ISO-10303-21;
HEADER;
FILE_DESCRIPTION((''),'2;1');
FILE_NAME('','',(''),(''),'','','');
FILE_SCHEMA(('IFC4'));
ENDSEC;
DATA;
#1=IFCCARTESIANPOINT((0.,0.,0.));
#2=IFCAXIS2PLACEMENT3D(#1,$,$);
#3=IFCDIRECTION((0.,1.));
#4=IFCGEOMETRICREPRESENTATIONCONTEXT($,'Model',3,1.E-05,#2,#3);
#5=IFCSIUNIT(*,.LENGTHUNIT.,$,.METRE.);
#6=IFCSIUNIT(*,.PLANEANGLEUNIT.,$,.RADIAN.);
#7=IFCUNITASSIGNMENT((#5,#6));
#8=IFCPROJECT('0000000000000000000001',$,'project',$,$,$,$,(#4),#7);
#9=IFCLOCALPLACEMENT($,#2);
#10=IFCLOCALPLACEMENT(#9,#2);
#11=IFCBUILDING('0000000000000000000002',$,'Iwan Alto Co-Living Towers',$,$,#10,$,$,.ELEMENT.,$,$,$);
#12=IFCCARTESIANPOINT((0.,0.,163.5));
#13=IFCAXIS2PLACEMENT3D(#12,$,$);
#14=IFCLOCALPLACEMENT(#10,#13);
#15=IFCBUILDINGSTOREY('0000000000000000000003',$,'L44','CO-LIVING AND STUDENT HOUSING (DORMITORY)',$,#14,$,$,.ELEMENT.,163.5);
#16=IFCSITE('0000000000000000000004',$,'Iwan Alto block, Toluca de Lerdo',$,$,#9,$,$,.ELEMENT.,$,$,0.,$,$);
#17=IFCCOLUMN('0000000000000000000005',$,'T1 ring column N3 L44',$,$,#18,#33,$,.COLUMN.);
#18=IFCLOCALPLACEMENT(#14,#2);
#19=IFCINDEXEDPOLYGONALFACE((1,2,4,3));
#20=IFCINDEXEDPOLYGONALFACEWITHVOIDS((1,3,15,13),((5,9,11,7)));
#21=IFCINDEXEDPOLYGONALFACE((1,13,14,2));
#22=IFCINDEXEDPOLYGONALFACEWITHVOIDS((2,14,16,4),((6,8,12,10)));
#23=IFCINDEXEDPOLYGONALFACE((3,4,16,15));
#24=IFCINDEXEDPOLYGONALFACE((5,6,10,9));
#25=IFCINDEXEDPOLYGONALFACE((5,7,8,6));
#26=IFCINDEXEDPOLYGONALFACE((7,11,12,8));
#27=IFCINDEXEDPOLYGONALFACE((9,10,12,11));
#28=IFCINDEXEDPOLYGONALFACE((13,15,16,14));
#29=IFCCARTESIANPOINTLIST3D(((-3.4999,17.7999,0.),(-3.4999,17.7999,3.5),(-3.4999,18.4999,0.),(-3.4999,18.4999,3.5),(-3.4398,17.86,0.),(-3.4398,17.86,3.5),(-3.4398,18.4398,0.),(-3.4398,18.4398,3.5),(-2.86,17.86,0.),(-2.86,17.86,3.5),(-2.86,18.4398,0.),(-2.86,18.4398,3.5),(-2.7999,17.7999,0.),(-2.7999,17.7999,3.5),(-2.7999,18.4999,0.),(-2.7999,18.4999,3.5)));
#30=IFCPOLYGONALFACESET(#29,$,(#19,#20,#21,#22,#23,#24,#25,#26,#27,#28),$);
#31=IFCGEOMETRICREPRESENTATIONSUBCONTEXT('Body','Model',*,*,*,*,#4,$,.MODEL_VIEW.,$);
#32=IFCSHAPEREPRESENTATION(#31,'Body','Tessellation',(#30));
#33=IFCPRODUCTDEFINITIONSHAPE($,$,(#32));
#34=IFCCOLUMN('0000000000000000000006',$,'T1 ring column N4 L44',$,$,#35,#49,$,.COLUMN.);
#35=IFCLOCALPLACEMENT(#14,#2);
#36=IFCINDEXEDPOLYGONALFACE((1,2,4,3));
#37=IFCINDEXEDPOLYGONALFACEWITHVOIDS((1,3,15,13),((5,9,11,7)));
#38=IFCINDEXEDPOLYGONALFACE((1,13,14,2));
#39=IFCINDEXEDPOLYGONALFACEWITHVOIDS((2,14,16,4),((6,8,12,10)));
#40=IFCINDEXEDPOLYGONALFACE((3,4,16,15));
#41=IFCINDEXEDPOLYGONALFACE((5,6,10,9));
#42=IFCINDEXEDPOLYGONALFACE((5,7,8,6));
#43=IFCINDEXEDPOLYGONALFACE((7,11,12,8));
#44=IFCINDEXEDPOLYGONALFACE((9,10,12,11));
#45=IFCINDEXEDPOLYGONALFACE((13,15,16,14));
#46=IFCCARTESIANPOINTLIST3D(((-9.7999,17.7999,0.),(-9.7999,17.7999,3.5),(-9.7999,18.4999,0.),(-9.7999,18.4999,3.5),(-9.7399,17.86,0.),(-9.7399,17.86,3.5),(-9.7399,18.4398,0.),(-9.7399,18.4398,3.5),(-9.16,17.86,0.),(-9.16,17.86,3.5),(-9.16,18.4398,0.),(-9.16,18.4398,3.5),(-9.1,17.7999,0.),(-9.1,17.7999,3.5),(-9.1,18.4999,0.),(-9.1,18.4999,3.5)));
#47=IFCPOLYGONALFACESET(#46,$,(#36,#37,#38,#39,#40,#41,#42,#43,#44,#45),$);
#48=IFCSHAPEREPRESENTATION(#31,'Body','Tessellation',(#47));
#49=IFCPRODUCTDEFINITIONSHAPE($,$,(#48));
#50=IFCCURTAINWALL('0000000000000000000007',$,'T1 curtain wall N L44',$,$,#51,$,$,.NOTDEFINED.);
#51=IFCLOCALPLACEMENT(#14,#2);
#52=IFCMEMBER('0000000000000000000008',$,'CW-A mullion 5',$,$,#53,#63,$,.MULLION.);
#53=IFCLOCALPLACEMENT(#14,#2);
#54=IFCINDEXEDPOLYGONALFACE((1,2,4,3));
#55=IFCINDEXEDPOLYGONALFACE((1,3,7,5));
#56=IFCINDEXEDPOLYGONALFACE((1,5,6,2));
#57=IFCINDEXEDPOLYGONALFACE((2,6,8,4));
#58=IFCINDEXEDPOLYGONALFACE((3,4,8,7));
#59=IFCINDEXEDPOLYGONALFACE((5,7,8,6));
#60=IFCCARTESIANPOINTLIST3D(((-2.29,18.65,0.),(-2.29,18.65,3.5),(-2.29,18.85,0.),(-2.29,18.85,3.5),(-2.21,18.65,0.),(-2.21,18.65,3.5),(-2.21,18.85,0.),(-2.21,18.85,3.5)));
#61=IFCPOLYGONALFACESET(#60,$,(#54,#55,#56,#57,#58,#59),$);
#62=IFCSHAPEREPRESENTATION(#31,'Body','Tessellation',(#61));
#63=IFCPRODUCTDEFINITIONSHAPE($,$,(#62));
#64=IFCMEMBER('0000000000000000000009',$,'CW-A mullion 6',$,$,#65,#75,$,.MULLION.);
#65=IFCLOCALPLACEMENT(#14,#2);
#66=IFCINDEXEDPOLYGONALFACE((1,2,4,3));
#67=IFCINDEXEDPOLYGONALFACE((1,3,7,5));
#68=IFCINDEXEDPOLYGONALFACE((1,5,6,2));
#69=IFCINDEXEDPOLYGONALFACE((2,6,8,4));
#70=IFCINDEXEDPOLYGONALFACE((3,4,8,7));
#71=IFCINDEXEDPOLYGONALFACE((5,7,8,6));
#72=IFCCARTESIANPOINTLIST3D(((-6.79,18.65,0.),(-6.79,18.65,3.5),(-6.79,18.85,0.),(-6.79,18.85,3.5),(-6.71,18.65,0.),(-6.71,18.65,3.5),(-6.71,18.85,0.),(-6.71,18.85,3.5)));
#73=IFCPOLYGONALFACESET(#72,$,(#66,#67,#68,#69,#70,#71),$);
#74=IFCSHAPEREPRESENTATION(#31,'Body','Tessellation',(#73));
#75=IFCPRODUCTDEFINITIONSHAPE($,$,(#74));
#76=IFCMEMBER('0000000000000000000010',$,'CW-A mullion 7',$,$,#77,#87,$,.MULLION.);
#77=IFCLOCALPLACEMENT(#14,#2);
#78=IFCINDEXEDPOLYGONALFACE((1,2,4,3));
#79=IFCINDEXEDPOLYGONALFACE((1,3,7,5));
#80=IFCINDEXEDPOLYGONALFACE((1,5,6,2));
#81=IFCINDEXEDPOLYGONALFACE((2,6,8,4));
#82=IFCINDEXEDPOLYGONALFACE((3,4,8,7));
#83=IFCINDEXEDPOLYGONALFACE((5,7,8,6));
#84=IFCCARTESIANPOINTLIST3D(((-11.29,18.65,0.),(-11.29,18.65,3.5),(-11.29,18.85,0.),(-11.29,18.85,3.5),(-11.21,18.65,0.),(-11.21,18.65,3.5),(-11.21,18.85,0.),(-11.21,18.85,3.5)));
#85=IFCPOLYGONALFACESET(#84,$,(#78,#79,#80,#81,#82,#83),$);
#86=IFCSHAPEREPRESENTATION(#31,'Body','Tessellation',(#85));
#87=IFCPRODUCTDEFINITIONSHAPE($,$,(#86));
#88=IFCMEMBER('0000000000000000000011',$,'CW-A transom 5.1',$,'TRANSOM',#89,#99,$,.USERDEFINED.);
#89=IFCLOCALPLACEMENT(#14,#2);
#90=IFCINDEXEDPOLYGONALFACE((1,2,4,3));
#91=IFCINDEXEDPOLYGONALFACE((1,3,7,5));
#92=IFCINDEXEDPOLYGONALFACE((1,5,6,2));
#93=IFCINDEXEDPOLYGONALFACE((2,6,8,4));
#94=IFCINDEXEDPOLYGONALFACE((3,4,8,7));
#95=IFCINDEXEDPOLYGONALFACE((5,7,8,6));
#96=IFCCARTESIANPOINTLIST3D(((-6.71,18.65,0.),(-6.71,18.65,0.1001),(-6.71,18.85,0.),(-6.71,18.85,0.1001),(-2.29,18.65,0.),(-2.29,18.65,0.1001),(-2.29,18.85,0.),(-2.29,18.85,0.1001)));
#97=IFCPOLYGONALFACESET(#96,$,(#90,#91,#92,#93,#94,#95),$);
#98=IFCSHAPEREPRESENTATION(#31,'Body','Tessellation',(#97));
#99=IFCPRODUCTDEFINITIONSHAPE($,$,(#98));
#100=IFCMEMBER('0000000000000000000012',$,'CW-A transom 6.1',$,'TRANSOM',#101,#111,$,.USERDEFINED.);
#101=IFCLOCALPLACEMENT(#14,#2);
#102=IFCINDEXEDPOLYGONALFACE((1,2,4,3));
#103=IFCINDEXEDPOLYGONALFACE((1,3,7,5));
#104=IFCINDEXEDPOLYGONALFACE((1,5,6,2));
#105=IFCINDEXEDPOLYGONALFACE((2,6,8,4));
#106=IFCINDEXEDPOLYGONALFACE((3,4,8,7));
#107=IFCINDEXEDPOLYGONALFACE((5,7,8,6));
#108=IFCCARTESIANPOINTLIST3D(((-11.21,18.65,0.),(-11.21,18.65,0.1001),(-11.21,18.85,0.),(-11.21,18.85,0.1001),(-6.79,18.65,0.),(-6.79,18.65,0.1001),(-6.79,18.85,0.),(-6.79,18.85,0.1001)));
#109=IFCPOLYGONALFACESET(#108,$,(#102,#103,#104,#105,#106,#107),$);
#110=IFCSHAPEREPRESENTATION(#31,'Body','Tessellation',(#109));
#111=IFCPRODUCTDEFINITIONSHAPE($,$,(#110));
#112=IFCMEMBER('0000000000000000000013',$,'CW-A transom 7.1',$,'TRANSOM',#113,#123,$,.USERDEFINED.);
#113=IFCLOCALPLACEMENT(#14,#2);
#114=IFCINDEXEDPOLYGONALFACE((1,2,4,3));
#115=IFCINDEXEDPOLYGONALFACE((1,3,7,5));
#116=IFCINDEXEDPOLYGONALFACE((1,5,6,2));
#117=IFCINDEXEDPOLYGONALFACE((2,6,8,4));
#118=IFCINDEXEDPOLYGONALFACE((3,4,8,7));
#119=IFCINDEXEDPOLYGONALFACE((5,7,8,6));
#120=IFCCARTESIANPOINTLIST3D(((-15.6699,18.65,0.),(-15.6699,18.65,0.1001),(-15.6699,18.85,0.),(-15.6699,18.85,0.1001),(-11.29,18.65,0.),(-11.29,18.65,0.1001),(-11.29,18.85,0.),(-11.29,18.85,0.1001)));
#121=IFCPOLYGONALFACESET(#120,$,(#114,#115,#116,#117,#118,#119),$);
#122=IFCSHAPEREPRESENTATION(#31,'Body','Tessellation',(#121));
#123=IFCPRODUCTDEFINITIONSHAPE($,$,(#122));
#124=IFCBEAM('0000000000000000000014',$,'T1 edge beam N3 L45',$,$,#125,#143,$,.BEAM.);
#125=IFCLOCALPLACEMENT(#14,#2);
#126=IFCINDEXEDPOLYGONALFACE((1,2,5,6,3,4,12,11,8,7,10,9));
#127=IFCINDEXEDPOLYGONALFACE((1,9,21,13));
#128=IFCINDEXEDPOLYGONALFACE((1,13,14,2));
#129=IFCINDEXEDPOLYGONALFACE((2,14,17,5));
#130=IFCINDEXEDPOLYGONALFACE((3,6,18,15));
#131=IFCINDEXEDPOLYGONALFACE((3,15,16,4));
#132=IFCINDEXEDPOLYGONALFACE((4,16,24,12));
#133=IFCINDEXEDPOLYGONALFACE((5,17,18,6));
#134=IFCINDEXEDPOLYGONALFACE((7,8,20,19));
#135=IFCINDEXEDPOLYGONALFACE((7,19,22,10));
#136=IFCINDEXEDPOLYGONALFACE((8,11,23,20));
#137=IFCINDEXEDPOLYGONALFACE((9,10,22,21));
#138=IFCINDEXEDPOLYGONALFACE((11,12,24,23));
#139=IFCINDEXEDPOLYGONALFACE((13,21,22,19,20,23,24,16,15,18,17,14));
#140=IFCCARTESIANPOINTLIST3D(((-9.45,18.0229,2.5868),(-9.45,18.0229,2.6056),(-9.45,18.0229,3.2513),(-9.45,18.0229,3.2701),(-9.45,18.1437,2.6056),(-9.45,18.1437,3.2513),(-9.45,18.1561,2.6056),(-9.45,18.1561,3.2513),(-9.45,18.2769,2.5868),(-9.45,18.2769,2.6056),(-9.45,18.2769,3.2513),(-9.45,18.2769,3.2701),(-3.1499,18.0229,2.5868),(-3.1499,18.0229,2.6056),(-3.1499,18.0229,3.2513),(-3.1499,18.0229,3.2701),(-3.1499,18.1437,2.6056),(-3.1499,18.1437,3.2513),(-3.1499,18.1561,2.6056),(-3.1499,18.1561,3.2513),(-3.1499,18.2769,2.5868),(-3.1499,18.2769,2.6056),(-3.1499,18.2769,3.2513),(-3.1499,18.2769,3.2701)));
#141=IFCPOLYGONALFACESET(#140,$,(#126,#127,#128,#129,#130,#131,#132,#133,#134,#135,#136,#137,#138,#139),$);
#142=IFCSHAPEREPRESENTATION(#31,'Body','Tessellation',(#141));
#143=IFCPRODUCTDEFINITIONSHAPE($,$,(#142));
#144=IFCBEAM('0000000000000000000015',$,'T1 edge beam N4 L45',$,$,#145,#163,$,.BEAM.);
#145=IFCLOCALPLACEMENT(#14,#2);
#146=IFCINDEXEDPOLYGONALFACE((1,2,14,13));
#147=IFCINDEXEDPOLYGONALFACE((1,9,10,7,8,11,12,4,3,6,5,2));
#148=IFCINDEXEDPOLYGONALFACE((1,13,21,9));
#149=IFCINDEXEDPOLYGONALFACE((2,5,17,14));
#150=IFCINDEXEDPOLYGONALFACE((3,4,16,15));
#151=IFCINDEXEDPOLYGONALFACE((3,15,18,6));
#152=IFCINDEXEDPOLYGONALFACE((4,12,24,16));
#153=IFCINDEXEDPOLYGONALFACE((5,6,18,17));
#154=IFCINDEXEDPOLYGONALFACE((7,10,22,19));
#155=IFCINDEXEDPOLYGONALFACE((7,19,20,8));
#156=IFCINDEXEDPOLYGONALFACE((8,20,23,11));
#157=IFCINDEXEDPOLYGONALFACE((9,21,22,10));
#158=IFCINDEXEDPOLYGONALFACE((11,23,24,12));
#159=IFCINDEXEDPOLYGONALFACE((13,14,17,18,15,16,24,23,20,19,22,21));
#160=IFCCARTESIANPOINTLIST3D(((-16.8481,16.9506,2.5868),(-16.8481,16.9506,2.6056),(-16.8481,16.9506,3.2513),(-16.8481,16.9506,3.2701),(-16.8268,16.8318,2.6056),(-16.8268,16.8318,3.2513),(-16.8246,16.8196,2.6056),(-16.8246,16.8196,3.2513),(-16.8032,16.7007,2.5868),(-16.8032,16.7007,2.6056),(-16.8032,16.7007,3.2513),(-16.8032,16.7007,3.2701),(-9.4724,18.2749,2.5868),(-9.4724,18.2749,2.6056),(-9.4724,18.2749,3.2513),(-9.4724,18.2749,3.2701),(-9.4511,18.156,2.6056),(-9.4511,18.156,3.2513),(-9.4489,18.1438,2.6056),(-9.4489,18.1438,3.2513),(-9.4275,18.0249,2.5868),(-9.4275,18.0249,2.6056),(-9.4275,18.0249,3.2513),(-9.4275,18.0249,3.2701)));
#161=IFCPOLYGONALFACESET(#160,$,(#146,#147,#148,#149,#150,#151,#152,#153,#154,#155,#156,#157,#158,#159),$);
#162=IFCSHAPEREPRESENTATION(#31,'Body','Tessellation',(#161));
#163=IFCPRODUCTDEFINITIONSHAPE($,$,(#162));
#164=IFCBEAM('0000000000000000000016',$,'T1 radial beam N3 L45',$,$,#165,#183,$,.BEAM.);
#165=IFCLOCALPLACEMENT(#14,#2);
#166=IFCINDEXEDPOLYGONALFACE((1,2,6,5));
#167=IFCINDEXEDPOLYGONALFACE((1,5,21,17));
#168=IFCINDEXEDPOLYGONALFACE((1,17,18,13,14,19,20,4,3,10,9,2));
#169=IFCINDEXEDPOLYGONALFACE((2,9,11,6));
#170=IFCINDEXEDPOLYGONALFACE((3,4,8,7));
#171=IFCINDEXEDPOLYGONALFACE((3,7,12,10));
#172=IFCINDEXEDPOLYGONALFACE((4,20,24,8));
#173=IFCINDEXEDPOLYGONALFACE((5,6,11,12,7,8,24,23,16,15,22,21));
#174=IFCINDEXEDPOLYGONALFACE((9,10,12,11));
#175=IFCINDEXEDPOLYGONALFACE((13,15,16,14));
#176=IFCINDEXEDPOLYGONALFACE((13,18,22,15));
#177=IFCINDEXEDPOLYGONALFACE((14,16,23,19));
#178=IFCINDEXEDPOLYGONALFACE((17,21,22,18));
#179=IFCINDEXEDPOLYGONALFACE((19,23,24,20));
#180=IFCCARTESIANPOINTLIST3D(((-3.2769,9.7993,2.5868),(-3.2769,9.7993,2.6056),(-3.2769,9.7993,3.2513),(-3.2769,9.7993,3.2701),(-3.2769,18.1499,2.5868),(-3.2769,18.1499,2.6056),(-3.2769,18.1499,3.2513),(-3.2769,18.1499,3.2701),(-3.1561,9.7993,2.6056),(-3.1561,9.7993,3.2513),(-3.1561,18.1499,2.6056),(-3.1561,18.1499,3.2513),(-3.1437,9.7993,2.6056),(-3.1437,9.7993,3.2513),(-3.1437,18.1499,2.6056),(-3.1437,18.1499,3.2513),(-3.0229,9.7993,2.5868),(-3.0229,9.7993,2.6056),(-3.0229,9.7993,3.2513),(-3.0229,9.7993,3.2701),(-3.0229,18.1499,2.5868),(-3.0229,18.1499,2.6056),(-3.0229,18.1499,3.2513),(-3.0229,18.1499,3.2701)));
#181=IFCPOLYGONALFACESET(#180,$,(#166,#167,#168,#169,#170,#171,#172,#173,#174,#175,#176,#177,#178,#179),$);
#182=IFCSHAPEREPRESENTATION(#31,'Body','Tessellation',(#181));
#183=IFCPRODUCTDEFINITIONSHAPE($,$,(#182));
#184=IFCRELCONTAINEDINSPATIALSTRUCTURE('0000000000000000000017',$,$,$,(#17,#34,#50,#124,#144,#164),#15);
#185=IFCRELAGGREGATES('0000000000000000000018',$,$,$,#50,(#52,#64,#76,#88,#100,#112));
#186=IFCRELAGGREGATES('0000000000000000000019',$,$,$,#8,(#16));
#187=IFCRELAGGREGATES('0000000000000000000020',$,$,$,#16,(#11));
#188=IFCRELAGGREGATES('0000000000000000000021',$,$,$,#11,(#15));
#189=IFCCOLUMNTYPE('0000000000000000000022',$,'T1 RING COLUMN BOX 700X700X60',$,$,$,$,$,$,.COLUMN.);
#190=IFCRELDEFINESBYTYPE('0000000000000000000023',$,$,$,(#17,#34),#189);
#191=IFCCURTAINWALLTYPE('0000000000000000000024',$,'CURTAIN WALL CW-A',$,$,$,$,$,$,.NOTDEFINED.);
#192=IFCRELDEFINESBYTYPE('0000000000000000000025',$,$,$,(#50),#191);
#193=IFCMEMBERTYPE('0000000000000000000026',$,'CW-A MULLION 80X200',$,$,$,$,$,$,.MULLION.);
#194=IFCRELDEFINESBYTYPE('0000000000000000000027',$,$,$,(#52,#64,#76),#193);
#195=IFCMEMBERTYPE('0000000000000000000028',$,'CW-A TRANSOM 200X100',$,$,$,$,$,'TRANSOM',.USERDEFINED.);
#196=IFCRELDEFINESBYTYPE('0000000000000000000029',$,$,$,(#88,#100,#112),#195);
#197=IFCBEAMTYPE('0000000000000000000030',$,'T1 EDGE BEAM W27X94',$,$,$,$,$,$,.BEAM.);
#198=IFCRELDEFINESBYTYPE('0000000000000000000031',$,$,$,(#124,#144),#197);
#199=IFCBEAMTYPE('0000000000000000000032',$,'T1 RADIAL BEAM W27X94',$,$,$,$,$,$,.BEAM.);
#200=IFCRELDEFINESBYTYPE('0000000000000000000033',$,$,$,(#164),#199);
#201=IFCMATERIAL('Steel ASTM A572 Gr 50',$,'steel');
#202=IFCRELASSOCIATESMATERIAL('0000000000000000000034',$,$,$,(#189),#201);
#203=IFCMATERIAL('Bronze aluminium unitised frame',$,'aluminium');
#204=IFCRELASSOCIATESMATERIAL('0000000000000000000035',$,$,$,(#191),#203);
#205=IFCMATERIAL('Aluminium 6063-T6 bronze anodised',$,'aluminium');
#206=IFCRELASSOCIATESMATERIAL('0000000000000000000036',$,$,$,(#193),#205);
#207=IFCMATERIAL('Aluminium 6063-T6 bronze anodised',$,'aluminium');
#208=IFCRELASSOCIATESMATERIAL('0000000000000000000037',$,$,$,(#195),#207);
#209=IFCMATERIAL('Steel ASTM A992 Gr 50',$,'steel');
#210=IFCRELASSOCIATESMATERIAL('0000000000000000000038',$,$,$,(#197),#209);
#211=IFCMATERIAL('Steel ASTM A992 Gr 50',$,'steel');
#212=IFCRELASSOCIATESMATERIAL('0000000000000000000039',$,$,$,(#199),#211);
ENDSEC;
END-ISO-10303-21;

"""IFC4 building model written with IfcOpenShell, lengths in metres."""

from ifc_helpers import new_model, si_unit, direction, frame, origin, origin_2d, place, context, subcontext, project, spatial, rectangle, hollow_rectangle, i_section, extrude, material, material_profile, profile_set, type_object, element, aggregate, save


model = new_model("IFC4")

# Units and contexts
model_context = context("Model", 3, precision=1e-05, world=origin(), true_north=direction((0.0, 1.0)))
body_context = subcontext(model_context, "Body", "Model", "MODEL_VIEW")
ifc_project = project(units=[si_unit("LENGTHUNIT", "METRE"), si_unit("PLANEANGLEUNIT", "RADIAN")], contexts=[model_context])

# Site, building, storey
site_placement = place(None, origin())
site = spatial("IfcSite", under=ifc_project, at=site_placement, Name="Iwan Alto block, Toluca de Lerdo", CompositionType="ELEMENT", RefElevation=0.0)
building_placement = place(site_placement, origin())
building = spatial("IfcBuilding", under=site, at=building_placement, Name="Iwan Alto Co-Living Towers", CompositionType="ELEMENT")
storey_placement = place(building_placement, frame((0.0, 0.0, 163.5)))
storey = spatial("IfcBuildingStorey", under=building, at=storey_placement, Name="L44", Description="CO-LIVING AND STUDENT HOUSING (DORMITORY)", CompositionType="ELEMENT", Elevation=163.5)

# Columns
ifc_material_1 = material(Name="Steel ASTM A572 Gr 50", Category="steel")
ifc_material_profile_1 = material_profile(ifc_material_1, hollow_rectangle(XDim=0.7, YDim=0.7, WallThickness=0.0601, at=origin_2d()), Name="BOX 700X700X60")
ifc_profile_set_1 = profile_set([ifc_material_profile_1], Name="Steel ASTM A572 Gr 50")
column_type = type_object("IfcColumnType", Name="T1 RING COLUMN BOX 700X700X60", PredefinedType="COLUMN", material=ifc_profile_set_1)
for number, where, z_axis, x_axis, name in (
    (1, (-3.1499, 18.1499, 0.0), (0.0, 0.0, 1.0), (1.0, 0.0, 0.0), "T1 ring column N3 L44"),
    (2, (-9.45, 18.1499, 0.0), (0.0, 0.0, 1.0), (1.0, 0.0, 0.0), "T1 ring column N4 L44"),
):
    element("IfcColumn", number, at=place(storey_placement, frame(where, z_axis=z_axis, x_axis=x_axis)), inside=storey, type_object=column_type, Name=name, PredefinedType="COLUMN", context=body_context, shape_type="SweptSolid", body=[
        extrude(hollow_rectangle(XDim=0.7, YDim=0.7, WallThickness=0.0601, at=origin_2d()), origin(), (0.0, 0.0, 1.0), 3.5),
    ])

# Curtain wall, members
ifc_material_2 = material(Name="Bronze aluminium unitised frame", Category="aluminium")
curtain_wall_type = type_object("IfcCurtainWallType", Name="CURTAIN WALL CW-A", PredefinedType="NOTDEFINED", material=ifc_material_2)
curtain_wall_placement = place(storey_placement, origin())
curtain_wall = element("IfcCurtainWall", 3, at=curtain_wall_placement, inside=storey, type_object=curtain_wall_type, Name="T1 curtain wall N L44", PredefinedType="NOTDEFINED")
ifc_material_3 = material(Name="Aluminium 6063-T6 bronze anodised", Category="aluminium")
ifc_material_profile_2 = material_profile(ifc_material_3, rectangle(XDim=0.2, YDim=0.0801, at=origin_2d()), Name="AL 80X200")
ifc_profile_set_2 = profile_set([ifc_material_profile_2], Name="Aluminium 6063-T6 bronze anodised")
member_type_1 = type_object("IfcMemberType", Name="CW-A MULLION 80X200", PredefinedType="MULLION", material=ifc_profile_set_2)
member_1_placement = place(storey_placement, frame((-2.25, 18.75, 0.0), z_axis=(0.0, 0.0, 1.0), x_axis=(0.0, -1.0, 0.0)))
member_1 = element("IfcMember", 4, at=member_1_placement, type_object=member_type_1, Name="CW-A mullion 5", PredefinedType="MULLION", context=body_context, shape_type="SweptSolid", body=[
    extrude(rectangle(XDim=0.2, YDim=0.0801, at=origin_2d()), origin(), (0.0, 0.0, 1.0), 3.5),
])
member_2_placement = place(storey_placement, frame((-6.75, 18.75, 0.0), z_axis=(0.0, 0.0, 1.0), x_axis=(0.0, -1.0, 0.0)))
member_2 = element("IfcMember", 5, at=member_2_placement, type_object=member_type_1, Name="CW-A mullion 6", PredefinedType="MULLION", context=body_context, shape_type="SweptSolid", body=[
    extrude(rectangle(XDim=0.2, YDim=0.0801, at=origin_2d()), origin(), (0.0, 0.0, 1.0), 3.5),
])
member_3_placement = place(storey_placement, frame((-11.25, 18.75, 0.0), z_axis=(0.0, 0.0, 1.0), x_axis=(0.0, -1.0, 0.0)))
member_3 = element("IfcMember", 6, at=member_3_placement, type_object=member_type_1, Name="CW-A mullion 7", PredefinedType="MULLION", context=body_context, shape_type="SweptSolid", body=[
    extrude(rectangle(XDim=0.2, YDim=0.0801, at=origin_2d()), origin(), (0.0, 0.0, 1.0), 3.5),
])
ifc_material_4 = material(Name="Aluminium 6063-T6 bronze anodised", Category="aluminium")
ifc_material_profile_3 = material_profile(ifc_material_4, rectangle(XDim=0.2, YDim=0.1001, at=origin_2d()), Name="AL 200X100")
ifc_profile_set_3 = profile_set([ifc_material_profile_3], Name="Aluminium 6063-T6 bronze anodised")
member_type_2 = type_object("IfcMemberType", Name="CW-A TRANSOM 200X100", ElementType="TRANSOM", PredefinedType="USERDEFINED", material=ifc_profile_set_3)
member_4_placement = place(storey_placement, frame((-2.29, 18.75, 0.05), z_axis=(-1.0, 0.0, 0.0), x_axis=(0.0, -1.0, 0.0)))
member_4 = element("IfcMember", 7, at=member_4_placement, type_object=member_type_2, Name="CW-A transom 5.1", ObjectType="TRANSOM", PredefinedType="USERDEFINED", context=body_context, shape_type="SweptSolid", body=[
    extrude(rectangle(XDim=0.2, YDim=0.1001, at=origin_2d()), origin(), (0.0, 0.0, 1.0), 4.4199),
])
member_5_placement = place(storey_placement, frame((-6.79, 18.75, 0.05), z_axis=(-1.0, 0.0, 0.0), x_axis=(0.0, -1.0, 0.0)))
member_5 = element("IfcMember", 8, at=member_5_placement, type_object=member_type_2, Name="CW-A transom 6.1", ObjectType="TRANSOM", PredefinedType="USERDEFINED", context=body_context, shape_type="SweptSolid", body=[
    extrude(rectangle(XDim=0.2, YDim=0.1001, at=origin_2d()), origin(), (0.0, 0.0, 1.0), 4.4199),
])
member_6_placement = place(storey_placement, frame((-11.29, 18.75, 0.05), z_axis=(-1.0, 0.0, 0.0), x_axis=(0.0, -1.0, 0.0)))
member_6 = element("IfcMember", 9, at=member_6_placement, type_object=member_type_2, Name="CW-A transom 7.1", ObjectType="TRANSOM", PredefinedType="USERDEFINED", context=body_context, shape_type="SweptSolid", body=[
    extrude(rectangle(XDim=0.2, YDim=0.1001, at=origin_2d()), origin(), (0.0, 0.0, 1.0), 4.3799),
])

# Beams
ifc_material_5 = material(Name="Steel ASTM A992 Gr 50", Category="steel")
ifc_material_profile_4 = material_profile(ifc_material_5, i_section(OverallWidth=0.2539, OverallDepth=0.6833, WebThickness=0.0125, FlangeThickness=0.0188, at=origin_2d()), Name="W27X94")
ifc_profile_set_4 = profile_set([ifc_material_profile_4], Name="Steel ASTM A992 Gr 50")
beam_type_1 = type_object("IfcBeamType", Name="T1 EDGE BEAM W27X94", PredefinedType="BEAM", material=ifc_profile_set_4)
beam_1_placement = place(storey_placement, frame((-3.1499, 18.1499, 2.9285), z_axis=(-1.0, 0.0, 0.0), x_axis=(0.0, -1.0, 0.0)))
element("IfcBeam", 10, at=beam_1_placement, inside=storey, type_object=beam_type_1, Name="T1 edge beam N3 L45", PredefinedType="BEAM", context=body_context, shape_type="SweptSolid", body=[
    extrude(i_section(OverallWidth=0.2539, OverallDepth=0.6833, WebThickness=0.0125, FlangeThickness=0.0188, at=origin_2d()), origin(), (0.0, 0.0, 1.0), 6.3),
])
beam_2_placement = place(storey_placement, frame((-9.45, 18.1499, 2.9285), z_axis=(-0.984263, -0.176712, 0.0), x_axis=(0.176712, -0.984263, 0.0)))
element("IfcBeam", 11, at=beam_2_placement, inside=storey, type_object=beam_type_1, Name="T1 edge beam N4 L45", PredefinedType="BEAM", context=body_context, shape_type="SweptSolid", body=[
    extrude(i_section(OverallWidth=0.2539, OverallDepth=0.6833, WebThickness=0.0125, FlangeThickness=0.0188, at=origin_2d()), origin(), (0.0, 0.0, 1.0), 7.4937),
])
ifc_material_6 = material(Name="Steel ASTM A992 Gr 50", Category="steel")
ifc_material_profile_5 = material_profile(ifc_material_6, i_section(OverallWidth=0.2539, OverallDepth=0.6833, WebThickness=0.0125, FlangeThickness=0.0188, at=origin_2d()), Name="W27X94")
ifc_profile_set_5 = profile_set([ifc_material_profile_5], Name="Steel ASTM A992 Gr 50")
beam_type_2 = type_object("IfcBeamType", Name="T1 RADIAL BEAM W27X94", PredefinedType="BEAM", material=ifc_profile_set_5)
for number, where, z_axis, x_axis, name in (
    (12, (-3.1499, 18.1499, 2.9285), (0.0, -1.0, 0.0), (1.0, 0.0, 0.0), "T1 radial beam N3 L45"),
):
    element("IfcBeam", number, at=place(storey_placement, frame(where, z_axis=z_axis, x_axis=x_axis)), inside=storey, type_object=beam_type_2, Name=name, PredefinedType="BEAM", context=body_context, shape_type="SweptSolid", body=[
        extrude(i_section(OverallWidth=0.2539, OverallDepth=0.6833, WebThickness=0.0125, FlangeThickness=0.0188, at=origin_2d()), origin(), (0.0, 0.0, 1.0), 8.3506),
    ])

aggregate(curtain_wall, [member_1, member_2, member_3, member_4, member_5, member_6])

save(model, "model.ifc")
